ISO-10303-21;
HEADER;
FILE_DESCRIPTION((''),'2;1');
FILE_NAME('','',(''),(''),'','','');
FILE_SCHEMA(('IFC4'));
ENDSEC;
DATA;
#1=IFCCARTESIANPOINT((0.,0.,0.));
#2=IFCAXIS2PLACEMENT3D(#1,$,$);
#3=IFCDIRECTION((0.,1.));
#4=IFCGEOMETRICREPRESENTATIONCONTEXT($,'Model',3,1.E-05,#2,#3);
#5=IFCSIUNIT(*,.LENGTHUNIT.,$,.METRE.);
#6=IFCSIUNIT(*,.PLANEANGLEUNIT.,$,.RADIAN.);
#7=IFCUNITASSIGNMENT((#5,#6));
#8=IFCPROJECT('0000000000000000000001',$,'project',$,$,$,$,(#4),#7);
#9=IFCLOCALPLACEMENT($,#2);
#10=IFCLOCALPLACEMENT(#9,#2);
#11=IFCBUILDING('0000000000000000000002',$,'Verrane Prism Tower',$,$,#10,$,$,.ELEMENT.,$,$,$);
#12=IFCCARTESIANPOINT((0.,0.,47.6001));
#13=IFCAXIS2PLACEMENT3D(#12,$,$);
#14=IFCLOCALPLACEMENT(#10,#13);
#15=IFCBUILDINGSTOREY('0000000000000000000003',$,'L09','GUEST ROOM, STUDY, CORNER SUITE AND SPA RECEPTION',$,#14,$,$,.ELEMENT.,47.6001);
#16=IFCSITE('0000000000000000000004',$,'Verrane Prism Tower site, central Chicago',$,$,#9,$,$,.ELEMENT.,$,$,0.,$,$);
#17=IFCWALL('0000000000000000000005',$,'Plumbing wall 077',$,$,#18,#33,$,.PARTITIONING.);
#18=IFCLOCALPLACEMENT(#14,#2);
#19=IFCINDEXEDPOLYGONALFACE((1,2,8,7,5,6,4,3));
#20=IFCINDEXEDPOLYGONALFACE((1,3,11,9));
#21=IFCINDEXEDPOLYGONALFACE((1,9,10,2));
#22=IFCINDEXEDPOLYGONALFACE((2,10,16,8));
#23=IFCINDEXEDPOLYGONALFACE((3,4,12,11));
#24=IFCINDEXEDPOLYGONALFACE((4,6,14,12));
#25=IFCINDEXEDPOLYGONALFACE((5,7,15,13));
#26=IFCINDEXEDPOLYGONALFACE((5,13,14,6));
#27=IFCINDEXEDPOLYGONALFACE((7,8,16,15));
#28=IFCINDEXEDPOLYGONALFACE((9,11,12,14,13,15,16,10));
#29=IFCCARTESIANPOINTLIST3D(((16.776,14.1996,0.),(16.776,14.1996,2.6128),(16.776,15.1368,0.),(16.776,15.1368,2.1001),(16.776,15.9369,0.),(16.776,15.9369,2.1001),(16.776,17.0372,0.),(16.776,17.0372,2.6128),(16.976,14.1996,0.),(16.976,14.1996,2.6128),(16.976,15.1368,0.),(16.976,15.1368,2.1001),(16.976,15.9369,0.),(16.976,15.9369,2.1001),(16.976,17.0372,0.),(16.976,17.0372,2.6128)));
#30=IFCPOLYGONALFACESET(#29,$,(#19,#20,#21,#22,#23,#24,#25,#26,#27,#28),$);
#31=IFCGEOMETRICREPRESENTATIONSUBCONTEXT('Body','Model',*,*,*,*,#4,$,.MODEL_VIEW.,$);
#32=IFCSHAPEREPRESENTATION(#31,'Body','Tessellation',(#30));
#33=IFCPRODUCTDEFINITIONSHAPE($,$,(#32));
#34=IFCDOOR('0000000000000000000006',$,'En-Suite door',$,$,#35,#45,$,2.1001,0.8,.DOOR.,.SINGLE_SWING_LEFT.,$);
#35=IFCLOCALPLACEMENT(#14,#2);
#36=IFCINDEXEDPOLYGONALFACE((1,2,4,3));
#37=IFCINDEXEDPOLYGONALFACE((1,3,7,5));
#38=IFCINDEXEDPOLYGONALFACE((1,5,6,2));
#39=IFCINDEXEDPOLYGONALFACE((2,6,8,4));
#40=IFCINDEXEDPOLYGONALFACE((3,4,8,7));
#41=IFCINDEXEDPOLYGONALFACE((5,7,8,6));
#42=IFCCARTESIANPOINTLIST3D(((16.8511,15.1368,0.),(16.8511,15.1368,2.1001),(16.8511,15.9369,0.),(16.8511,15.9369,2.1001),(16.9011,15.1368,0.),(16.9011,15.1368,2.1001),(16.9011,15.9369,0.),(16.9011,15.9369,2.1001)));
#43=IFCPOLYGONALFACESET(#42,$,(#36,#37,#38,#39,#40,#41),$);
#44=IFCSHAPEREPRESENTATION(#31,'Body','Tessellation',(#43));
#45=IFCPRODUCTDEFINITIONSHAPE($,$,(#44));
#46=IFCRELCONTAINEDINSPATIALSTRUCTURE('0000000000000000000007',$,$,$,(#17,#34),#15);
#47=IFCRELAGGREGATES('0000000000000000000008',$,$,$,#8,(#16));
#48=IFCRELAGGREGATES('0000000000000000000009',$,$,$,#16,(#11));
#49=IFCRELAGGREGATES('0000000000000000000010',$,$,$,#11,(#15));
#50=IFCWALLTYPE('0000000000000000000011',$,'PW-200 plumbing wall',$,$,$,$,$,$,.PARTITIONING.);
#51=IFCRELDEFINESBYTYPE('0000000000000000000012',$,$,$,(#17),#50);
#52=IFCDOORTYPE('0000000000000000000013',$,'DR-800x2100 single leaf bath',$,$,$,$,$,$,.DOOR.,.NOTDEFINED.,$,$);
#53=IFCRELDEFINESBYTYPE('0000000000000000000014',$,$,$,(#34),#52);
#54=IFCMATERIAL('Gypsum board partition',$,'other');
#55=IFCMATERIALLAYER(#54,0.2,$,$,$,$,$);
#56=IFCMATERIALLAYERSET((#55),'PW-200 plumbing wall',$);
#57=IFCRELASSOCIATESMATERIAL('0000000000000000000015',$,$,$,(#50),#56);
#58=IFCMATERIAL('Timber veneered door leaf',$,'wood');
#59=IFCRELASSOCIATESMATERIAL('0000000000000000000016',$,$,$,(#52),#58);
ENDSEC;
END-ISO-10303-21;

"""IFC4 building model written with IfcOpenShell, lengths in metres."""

from ifc_helpers import new_model, si_unit, direction, frame, frame_2d, origin, place, context, subcontext, project, spatial, rectangle, extrude, material, layer, layer_set, type_object, element, fill, save


model = new_model("IFC4")

# Units and contexts
model_context = context("Model", 3, precision=1e-05, world=origin(), true_north=direction((0.0, 1.0)))
body_context = subcontext(model_context, "Body", "Model", "MODEL_VIEW")
ifc_project = project(units=[si_unit("LENGTHUNIT", "METRE"), si_unit("PLANEANGLEUNIT", "RADIAN")], contexts=[model_context])

# Site, building, storey
site_placement = place(None, origin())
site = spatial("IfcSite", under=ifc_project, at=site_placement, Name="Verrane Prism Tower site, central Chicago", CompositionType="ELEMENT", RefElevation=0.0)
building_placement = place(site_placement, origin())
building = spatial("IfcBuilding", under=site, at=building_placement, Name="Verrane Prism Tower", CompositionType="ELEMENT")
storey_placement = place(building_placement, frame((0.0, 0.0, 47.6001)))
storey = spatial("IfcBuildingStorey", under=building, at=storey_placement, Name="L09", Description="GUEST ROOM, STUDY, CORNER SUITE AND SPA RECEPTION", CompositionType="ELEMENT", Elevation=47.6001)

# Wall, opening, door
ifc_material_1 = material(Name="Gypsum board partition", Category="other")
ifc_layer_1 = layer(ifc_material_1, 0.2)
ifc_layer_set_1 = layer_set([ifc_layer_1], Name="PW-200 plumbing wall")
wall_type_1 = type_object("IfcWallType", Name="PW-200 plumbing wall", PredefinedType="PARTITIONING", material=ifc_layer_set_1)
wall_1_placement = place(storey_placement, frame((16.876, 14.1995, 0.0), z_axis=(0.0, 0.0, 1.0), x_axis=(0.0, 1.0, 0.0)))
wall_1 = element("IfcWall", 1, at=wall_1_placement, inside=storey, type_object=wall_type_1, Name="Plumbing wall 077", PredefinedType="PARTITIONING", context=body_context, shape_type="SweptSolid", body=[
    extrude(rectangle(XDim=2.8376, YDim=0.2, at=frame_2d((1.4189, 0.0))), origin(), (0.0, 0.0, 1.0), 2.6128),
])
opening_1_placement = place(wall_1_placement, frame((0.9375, 0.0, 0.0)))
opening_1 = element("IfcOpeningElement", 2, at=opening_1_placement, cuts=wall_1, PredefinedType="OPENING", context=body_context, shape_type="SweptSolid", body=[
    extrude(rectangle(XDim=0.8, YDim=2.1001, at=frame_2d((0.3999, 1.05))), frame((0.0, 0.1099, 0.0), z_axis=(0.0, -1.0, 0.0), x_axis=(1.0, 0.0, 0.0)), (0.0, 0.0, 1.0), 0.22),
])
ifc_material_2 = material(Name="Timber veneered door leaf", Category="wood")
door_type_1 = type_object("IfcDoorType", Name="DR-800x2100 single leaf bath", OperationType="NOTDEFINED", PredefinedType="DOOR", material=ifc_material_2)
door_1_placement = place(opening_1_placement, origin())
door_1 = element("IfcDoor", 3, at=door_1_placement, inside=storey, type_object=door_type_1, Name="En-Suite door", OperationType="SINGLE_SWING_LEFT", OverallHeight=2.1001, OverallWidth=0.8, PredefinedType="DOOR", context=body_context, shape_type="SweptSolid", body=[
    extrude(rectangle(XDim=0.8, YDim=2.1001, at=frame_2d((0.3999, 1.05))), frame((0.0, 0.0249, 0.0), z_axis=(0.0, -1.0, 0.0), x_axis=(1.0, 0.0, 0.0)), (0.0, 0.0, 1.0), 0.05),
])
fill(opening_1, door_1)

save(model, "model.ifc")
